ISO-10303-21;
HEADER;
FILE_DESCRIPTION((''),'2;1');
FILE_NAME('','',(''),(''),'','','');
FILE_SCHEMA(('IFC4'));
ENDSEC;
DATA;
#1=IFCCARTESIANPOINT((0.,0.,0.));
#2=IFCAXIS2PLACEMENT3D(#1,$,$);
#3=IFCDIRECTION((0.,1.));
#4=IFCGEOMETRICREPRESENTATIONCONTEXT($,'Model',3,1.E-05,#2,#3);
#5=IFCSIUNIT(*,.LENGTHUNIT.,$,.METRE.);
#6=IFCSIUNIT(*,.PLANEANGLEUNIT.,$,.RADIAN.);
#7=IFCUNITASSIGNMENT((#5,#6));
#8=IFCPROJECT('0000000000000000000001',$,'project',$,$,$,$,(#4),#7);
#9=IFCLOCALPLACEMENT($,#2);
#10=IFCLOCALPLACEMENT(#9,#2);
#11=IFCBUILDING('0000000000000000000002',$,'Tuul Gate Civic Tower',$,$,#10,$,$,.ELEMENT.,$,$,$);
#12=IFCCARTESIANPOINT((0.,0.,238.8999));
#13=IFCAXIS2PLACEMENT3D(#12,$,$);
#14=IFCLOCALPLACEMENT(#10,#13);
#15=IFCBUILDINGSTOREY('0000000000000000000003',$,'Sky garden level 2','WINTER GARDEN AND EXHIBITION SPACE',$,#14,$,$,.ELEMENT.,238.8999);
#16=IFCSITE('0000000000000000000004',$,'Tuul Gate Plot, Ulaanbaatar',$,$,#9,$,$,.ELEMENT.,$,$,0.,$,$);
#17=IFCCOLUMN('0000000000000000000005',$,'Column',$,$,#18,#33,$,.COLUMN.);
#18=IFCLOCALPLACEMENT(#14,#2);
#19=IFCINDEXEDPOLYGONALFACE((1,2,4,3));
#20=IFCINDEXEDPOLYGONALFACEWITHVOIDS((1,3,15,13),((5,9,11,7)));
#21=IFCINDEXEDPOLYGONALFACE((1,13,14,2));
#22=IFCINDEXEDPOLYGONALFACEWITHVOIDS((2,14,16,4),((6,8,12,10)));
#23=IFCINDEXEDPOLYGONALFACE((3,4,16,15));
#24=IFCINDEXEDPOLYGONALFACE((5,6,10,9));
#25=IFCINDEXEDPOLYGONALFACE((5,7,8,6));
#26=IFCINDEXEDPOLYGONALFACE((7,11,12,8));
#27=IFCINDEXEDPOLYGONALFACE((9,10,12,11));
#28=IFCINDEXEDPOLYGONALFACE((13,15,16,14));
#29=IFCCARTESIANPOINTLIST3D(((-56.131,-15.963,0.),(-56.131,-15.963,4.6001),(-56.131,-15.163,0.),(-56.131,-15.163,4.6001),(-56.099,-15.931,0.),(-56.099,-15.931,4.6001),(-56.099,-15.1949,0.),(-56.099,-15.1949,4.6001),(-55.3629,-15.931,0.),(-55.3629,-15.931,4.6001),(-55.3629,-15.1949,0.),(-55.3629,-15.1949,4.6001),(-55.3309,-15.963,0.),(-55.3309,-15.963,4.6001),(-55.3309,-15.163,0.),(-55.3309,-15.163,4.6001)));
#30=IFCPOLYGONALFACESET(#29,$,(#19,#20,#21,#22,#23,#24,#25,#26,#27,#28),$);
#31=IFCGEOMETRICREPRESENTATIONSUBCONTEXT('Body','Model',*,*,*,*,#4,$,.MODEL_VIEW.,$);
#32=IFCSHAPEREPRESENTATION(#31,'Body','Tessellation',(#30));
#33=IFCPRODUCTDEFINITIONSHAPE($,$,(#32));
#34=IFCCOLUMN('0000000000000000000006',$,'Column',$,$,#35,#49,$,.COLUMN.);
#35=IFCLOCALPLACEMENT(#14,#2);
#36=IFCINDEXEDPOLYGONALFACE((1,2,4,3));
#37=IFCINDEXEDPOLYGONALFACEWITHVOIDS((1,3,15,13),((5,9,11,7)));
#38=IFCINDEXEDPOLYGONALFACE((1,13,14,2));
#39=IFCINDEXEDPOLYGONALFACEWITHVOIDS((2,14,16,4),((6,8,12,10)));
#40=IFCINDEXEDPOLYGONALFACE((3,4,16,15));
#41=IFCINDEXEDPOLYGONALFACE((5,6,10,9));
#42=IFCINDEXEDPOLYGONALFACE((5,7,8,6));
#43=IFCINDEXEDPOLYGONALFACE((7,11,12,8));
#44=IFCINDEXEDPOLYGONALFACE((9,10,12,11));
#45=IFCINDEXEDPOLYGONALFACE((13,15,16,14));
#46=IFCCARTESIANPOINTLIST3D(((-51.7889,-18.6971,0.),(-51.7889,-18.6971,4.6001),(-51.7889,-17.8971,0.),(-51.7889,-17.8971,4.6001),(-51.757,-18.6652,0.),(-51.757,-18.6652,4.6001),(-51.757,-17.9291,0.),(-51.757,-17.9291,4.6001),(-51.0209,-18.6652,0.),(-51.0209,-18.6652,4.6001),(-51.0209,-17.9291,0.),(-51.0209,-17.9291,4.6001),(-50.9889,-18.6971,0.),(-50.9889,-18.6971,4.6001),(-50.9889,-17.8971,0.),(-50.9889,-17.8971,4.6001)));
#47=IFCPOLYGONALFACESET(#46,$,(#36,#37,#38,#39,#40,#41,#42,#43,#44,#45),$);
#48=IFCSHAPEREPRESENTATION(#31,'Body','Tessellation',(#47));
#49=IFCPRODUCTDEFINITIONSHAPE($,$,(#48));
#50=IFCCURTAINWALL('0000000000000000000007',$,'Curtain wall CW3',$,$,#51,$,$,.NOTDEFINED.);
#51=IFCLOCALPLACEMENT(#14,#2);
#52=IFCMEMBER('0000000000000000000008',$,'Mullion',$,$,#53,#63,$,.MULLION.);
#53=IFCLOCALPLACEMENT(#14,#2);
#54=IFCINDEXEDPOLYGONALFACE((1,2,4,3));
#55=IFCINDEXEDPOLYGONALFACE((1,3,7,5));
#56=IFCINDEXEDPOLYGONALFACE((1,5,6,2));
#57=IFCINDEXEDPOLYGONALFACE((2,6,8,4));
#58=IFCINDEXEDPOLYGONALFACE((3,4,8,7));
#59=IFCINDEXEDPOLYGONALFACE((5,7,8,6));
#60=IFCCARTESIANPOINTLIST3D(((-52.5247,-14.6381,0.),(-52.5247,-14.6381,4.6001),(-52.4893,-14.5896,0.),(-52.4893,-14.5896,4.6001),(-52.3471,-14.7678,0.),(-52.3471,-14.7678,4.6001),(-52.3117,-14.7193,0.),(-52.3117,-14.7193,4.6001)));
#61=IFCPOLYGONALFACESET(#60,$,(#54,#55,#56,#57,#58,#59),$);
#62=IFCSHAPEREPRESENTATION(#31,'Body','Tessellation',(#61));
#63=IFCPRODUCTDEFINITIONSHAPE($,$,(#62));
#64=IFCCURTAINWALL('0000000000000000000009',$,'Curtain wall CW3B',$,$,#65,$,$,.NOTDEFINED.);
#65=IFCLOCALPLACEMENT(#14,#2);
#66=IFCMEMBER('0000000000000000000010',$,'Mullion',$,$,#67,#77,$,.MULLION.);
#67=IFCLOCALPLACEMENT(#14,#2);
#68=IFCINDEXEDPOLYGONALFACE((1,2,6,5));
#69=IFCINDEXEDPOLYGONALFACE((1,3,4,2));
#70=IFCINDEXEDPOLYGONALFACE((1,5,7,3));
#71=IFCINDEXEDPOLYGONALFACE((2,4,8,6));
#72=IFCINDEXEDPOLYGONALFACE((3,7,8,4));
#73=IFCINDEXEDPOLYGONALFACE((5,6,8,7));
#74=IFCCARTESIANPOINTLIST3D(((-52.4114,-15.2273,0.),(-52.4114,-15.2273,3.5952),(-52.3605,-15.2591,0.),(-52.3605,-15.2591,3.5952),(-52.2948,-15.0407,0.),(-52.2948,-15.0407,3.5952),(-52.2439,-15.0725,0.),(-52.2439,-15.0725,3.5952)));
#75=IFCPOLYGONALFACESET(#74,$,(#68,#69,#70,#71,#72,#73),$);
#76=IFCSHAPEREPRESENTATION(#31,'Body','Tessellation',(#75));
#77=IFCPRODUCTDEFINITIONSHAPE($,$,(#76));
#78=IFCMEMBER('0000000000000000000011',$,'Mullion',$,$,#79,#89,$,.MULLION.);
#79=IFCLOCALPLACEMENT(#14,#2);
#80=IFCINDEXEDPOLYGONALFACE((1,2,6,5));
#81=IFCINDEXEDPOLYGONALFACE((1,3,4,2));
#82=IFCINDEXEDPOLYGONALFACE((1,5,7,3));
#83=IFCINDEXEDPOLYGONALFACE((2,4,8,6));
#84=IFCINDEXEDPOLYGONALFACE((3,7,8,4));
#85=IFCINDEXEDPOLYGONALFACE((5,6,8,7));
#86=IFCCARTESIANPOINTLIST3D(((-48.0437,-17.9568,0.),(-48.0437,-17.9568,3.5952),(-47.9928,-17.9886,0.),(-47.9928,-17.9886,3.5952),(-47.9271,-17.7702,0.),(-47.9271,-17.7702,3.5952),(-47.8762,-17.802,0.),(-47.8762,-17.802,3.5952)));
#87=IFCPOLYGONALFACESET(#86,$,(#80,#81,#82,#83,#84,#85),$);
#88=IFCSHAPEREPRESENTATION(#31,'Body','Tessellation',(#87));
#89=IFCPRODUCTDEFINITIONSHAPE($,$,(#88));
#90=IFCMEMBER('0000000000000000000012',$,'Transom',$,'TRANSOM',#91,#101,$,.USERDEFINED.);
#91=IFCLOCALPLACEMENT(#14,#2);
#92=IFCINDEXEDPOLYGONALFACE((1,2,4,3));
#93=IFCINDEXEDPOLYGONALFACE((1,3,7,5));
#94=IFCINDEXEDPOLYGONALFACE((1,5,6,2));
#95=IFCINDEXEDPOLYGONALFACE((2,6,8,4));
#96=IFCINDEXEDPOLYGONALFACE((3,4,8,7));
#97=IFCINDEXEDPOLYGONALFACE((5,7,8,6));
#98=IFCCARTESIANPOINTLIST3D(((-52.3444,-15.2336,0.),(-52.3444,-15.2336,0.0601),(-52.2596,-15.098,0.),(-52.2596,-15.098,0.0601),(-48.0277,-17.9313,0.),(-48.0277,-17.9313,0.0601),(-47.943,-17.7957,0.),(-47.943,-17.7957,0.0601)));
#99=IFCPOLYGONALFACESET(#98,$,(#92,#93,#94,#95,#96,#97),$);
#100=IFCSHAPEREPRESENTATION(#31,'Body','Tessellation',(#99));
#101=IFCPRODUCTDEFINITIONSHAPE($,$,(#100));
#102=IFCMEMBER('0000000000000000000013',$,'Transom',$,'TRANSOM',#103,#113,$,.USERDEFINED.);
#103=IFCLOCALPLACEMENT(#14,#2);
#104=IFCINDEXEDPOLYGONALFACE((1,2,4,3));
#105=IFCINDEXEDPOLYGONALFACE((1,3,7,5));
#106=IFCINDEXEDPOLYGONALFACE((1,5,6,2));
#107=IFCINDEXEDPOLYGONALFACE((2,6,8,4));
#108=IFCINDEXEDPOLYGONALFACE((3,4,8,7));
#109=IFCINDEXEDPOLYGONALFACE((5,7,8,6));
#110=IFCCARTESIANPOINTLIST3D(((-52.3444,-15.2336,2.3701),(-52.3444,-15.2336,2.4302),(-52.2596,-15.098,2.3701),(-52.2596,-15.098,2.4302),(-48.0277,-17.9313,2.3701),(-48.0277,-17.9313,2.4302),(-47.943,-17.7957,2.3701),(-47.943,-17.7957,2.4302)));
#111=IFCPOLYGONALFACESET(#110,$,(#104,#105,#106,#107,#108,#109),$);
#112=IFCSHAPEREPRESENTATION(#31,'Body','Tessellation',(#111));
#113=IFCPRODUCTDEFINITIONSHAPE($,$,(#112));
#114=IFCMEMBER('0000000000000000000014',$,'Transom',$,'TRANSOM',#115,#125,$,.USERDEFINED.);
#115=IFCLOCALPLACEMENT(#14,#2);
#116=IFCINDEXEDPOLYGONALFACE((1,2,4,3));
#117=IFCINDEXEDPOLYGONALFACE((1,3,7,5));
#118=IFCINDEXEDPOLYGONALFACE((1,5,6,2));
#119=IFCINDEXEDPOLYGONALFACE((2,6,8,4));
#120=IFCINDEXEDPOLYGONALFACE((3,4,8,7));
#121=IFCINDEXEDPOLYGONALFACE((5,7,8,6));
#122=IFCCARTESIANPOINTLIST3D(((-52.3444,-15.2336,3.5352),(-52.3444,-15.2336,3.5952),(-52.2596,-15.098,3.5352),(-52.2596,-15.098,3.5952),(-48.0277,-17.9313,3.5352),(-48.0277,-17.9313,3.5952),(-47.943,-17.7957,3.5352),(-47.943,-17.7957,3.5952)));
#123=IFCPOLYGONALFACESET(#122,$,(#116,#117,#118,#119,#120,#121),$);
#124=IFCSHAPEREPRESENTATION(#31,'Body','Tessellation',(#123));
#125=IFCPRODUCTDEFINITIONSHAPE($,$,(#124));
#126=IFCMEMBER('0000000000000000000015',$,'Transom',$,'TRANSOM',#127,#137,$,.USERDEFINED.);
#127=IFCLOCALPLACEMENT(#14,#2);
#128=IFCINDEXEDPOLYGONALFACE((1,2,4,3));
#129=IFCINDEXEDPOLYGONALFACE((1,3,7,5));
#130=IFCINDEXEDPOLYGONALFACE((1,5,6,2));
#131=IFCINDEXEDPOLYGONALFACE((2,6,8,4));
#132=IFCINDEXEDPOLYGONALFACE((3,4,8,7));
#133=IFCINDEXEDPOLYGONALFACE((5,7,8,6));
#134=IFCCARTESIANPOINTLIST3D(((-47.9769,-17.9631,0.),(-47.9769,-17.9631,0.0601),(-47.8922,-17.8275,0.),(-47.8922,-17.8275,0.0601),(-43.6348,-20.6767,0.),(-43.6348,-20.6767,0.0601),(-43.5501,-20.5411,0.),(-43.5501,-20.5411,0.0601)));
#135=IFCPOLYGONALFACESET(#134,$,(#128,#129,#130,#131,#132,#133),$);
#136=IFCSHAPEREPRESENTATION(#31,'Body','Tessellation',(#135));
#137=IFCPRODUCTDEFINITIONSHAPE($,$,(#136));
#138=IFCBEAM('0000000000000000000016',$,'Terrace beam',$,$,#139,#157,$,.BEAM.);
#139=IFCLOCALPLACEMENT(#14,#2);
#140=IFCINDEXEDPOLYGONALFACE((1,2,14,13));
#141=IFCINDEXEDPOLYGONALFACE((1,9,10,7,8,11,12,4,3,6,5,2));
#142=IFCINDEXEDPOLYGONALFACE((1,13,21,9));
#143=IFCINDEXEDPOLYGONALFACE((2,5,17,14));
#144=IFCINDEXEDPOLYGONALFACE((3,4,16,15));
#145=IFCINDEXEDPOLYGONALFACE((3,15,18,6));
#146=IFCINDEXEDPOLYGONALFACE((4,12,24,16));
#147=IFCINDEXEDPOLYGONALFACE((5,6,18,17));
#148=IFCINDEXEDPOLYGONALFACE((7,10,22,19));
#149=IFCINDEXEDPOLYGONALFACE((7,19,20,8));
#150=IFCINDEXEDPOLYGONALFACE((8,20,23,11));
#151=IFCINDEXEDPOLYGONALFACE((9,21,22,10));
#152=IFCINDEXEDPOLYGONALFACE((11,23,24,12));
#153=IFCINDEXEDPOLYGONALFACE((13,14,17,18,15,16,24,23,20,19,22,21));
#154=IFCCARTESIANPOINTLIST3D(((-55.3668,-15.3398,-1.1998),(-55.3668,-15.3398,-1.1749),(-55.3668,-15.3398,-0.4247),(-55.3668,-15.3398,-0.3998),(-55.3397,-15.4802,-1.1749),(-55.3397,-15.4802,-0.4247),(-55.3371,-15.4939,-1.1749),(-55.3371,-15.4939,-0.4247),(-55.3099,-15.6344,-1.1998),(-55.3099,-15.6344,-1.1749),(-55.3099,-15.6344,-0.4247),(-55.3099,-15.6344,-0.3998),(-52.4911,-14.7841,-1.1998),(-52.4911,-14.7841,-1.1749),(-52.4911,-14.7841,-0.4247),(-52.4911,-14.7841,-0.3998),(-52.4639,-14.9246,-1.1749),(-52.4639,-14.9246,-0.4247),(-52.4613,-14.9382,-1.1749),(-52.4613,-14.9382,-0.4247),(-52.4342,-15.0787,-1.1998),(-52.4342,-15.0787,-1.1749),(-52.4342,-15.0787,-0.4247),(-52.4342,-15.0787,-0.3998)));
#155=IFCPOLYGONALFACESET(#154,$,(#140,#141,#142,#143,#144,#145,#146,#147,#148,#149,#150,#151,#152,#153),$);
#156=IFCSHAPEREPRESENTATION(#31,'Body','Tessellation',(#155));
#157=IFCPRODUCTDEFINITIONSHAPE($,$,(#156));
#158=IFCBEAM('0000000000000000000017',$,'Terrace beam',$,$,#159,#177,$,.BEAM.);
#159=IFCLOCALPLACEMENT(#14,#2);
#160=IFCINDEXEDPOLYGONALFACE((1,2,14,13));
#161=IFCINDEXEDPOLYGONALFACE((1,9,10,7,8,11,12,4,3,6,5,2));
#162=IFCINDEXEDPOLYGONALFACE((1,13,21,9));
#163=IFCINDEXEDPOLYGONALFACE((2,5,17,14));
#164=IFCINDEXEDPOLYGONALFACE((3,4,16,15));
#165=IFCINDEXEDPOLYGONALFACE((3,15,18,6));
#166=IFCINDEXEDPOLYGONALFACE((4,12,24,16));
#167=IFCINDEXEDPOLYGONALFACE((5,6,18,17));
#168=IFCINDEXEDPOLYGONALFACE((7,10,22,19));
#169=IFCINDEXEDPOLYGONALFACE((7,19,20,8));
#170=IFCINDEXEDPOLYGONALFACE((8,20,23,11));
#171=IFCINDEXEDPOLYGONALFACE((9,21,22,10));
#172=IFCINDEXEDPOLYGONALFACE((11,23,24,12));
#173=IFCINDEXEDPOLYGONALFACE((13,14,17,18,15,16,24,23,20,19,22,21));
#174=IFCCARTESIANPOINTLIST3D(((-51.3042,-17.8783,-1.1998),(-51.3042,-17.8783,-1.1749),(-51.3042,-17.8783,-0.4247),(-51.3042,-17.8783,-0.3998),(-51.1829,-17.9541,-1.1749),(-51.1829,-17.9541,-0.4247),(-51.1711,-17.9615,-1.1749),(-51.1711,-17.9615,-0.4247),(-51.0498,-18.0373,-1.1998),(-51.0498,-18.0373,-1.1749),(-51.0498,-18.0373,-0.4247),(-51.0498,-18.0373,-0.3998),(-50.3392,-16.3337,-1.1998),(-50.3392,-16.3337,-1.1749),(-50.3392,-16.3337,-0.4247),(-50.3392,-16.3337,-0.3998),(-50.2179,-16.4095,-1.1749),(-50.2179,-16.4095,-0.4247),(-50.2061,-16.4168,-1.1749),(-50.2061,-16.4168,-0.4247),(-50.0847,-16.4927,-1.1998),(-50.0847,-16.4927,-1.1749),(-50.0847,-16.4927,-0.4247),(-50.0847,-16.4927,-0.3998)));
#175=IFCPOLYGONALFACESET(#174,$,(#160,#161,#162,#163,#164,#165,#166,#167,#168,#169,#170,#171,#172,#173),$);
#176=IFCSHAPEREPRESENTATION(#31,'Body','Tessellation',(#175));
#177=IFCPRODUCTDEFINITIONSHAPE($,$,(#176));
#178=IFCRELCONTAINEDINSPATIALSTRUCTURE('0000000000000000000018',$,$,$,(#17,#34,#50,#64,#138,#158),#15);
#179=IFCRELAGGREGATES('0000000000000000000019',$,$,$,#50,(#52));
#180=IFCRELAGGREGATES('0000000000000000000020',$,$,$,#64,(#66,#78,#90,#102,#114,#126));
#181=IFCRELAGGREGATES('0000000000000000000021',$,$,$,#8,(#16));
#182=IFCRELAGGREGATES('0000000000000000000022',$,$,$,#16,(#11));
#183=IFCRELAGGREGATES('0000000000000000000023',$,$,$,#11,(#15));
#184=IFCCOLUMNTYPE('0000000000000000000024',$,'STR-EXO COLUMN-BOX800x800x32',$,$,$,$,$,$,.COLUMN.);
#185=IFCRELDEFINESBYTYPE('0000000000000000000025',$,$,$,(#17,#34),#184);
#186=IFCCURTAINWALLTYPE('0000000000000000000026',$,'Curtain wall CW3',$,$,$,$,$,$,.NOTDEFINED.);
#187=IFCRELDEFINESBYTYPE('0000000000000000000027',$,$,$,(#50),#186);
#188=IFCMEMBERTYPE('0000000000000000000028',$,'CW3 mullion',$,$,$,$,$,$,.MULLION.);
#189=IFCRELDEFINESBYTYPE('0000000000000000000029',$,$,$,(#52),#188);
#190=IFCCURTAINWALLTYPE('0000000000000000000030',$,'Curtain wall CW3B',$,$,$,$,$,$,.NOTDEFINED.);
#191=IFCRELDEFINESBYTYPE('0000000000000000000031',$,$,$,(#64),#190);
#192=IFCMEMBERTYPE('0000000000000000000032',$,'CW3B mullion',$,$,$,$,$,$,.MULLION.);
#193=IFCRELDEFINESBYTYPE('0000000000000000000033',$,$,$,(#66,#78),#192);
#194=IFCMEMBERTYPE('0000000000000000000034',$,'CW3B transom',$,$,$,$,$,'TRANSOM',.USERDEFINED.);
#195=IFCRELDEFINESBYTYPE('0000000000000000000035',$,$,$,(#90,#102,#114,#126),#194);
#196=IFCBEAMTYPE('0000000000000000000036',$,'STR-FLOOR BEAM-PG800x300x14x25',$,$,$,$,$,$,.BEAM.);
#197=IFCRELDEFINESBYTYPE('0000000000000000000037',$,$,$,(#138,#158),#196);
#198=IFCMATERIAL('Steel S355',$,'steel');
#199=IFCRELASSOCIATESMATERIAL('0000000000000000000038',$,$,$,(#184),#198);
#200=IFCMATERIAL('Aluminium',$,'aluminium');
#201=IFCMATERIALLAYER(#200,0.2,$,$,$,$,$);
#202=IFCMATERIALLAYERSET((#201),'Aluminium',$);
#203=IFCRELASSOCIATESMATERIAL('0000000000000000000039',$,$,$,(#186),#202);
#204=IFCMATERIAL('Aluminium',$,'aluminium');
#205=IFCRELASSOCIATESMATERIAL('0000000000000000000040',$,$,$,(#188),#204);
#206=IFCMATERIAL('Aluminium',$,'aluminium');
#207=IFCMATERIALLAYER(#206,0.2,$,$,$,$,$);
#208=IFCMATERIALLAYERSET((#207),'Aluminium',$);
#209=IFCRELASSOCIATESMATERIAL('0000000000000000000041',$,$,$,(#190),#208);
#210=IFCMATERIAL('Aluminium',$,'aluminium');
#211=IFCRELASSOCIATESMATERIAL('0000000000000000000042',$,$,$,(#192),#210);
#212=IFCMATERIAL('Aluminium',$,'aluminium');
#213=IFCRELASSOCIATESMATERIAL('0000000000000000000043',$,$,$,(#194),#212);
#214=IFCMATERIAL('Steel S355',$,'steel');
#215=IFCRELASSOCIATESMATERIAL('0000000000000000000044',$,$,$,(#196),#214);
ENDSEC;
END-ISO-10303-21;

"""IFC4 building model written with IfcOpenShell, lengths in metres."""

from ifc_helpers import new_model, si_unit, direction, frame, origin, origin_2d, place, context, subcontext, project, spatial, rectangle, hollow_rectangle, i_section, extrude, material, layer, layer_set, material_profile, profile_set, type_object, element, aggregate, save


model = new_model("IFC4")

# Units and contexts
model_context = context("Model", 3, precision=1e-05, world=origin(), true_north=direction((0.0, 1.0)))
body_context = subcontext(model_context, "Body", "Model", "MODEL_VIEW")
ifc_project = project(units=[si_unit("LENGTHUNIT", "METRE"), si_unit("PLANEANGLEUNIT", "RADIAN")], contexts=[model_context])

# Site, building, storey
site_placement = place(None, origin())
site = spatial("IfcSite", under=ifc_project, at=site_placement, Name="Tuul Gate Plot, Ulaanbaatar", CompositionType="ELEMENT", RefElevation=0.0)
building_placement = place(site_placement, origin())
building = spatial("IfcBuilding", under=site, at=building_placement, Name="Tuul Gate Civic Tower", CompositionType="ELEMENT")
storey_placement = place(building_placement, frame((0.0, 0.0, 238.8999)))
storey = spatial("IfcBuildingStorey", under=building, at=storey_placement, Name="Sky garden level 2", Description="WINTER GARDEN AND EXHIBITION SPACE", CompositionType="ELEMENT", Elevation=238.8999)

# Columns
ifc_material_1 = material(Name="Steel S355", Category="steel")
ifc_material_profile_1 = material_profile(ifc_material_1, hollow_rectangle(XDim=0.8, YDim=0.8, WallThickness=0.032, at=origin_2d()), Name="BOX800x800x32")
ifc_profile_set_1 = profile_set([ifc_material_profile_1], Name="Steel S355")
column_type = type_object("IfcColumnType", Name="STR-EXO COLUMN-BOX800x800x32", PredefinedType="COLUMN", material=ifc_profile_set_1)
for number, where, z_axis, x_axis, name in (
    (1, (-55.731, -15.563, 0.0), (0.0, 0.0, 1.0), (1.0, 0.0, 0.0), "Column"),
    (2, (-51.3889, -18.2971, 0.0), (0.0, 0.0, 1.0), (1.0, 0.0, 0.0), "Column"),
):
    element("IfcColumn", number, at=place(storey_placement, frame(where, z_axis=z_axis, x_axis=x_axis)), inside=storey, type_object=column_type, Name=name, PredefinedType="COLUMN", context=body_context, shape_type="SweptSolid", body=[
        extrude(hollow_rectangle(XDim=0.8, YDim=0.8, WallThickness=0.032, at=origin_2d()), origin(), (0.0, 0.0, 1.0), 4.6001),
    ])

# Curtain wall, member
ifc_material_2 = material(Name="Aluminium", Category="aluminium")
ifc_layer_1 = layer(ifc_material_2, 0.2)
ifc_layer_set_1 = layer_set([ifc_layer_1], Name="Aluminium")
curtain_wall_type_1 = type_object("IfcCurtainWallType", Name="Curtain wall CW3", PredefinedType="NOTDEFINED", material=ifc_layer_set_1)
curtain_wall_1_placement = place(storey_placement, origin())
curtain_wall_1 = element("IfcCurtainWall", 3, at=curtain_wall_1_placement, inside=storey, type_object=curtain_wall_type_1, Name="Curtain wall CW3", PredefinedType="NOTDEFINED")
ifc_material_3 = material(Name="Aluminium", Category="aluminium")
ifc_material_profile_2 = material_profile(ifc_material_3, rectangle(XDim=0.22, YDim=0.0601, at=origin_2d()), Name="CW3 mullion")
ifc_profile_set_2 = profile_set([ifc_material_profile_2], Name="Aluminium")
member_type_1 = type_object("IfcMemberType", Name="CW3 mullion", PredefinedType="MULLION", material=ifc_profile_set_2)
member_1_placement = place(storey_placement, frame((-52.4182, -14.6787, 0.0), z_axis=(0.0, 0.0, 1.0), x_axis=(0.80761, -0.589717, 0.0)))
member_1 = element("IfcMember", 4, at=member_1_placement, type_object=member_type_1, Name="Mullion", PredefinedType="MULLION", context=body_context, shape_type="SweptSolid", body=[
    extrude(rectangle(XDim=0.22, YDim=0.0601, at=origin_2d()), origin(), (0.0, 0.0, 1.0), 4.6001),
])

# Curtain wall, members
ifc_material_4 = material(Name="Aluminium", Category="aluminium")
ifc_layer_2 = layer(ifc_material_4, 0.2)
ifc_layer_set_2 = layer_set([ifc_layer_2], Name="Aluminium")
curtain_wall_type_2 = type_object("IfcCurtainWallType", Name="Curtain wall CW3B", PredefinedType="NOTDEFINED", material=ifc_layer_set_2)
curtain_wall_2_placement = place(storey_placement, origin())
curtain_wall_2 = element("IfcCurtainWall", 5, at=curtain_wall_2_placement, inside=storey, type_object=curtain_wall_type_2, Name="Curtain wall CW3B", PredefinedType="NOTDEFINED")
ifc_material_5 = material(Name="Aluminium", Category="aluminium")
ifc_material_profile_3 = material_profile(ifc_material_5, rectangle(XDim=0.22, YDim=0.0601, at=origin_2d()), Name="CW3B mullion")
ifc_profile_set_3 = profile_set([ifc_material_profile_3], Name="Aluminium")
member_type_2 = type_object("IfcMemberType", Name="CW3B mullion", PredefinedType="MULLION", material=ifc_profile_set_3)
member_2_placement = place(storey_placement, frame((-52.3276, -15.1499, 0.0), z_axis=(0.0, 0.0, 1.0), x_axis=(0.529958, 0.848024, 0.0)))
member_2 = element("IfcMember", 6, at=member_2_placement, type_object=member_type_2, Name="Mullion", PredefinedType="MULLION", context=body_context, shape_type="SweptSolid", body=[
    extrude(rectangle(XDim=0.22, YDim=0.0601, at=origin_2d()), origin(), (0.0, 0.0, 1.0), 3.5952),
])
member_3_placement = place(storey_placement, frame((-47.96, -17.8794, 0.0), z_axis=(0.0, 0.0, 1.0), x_axis=(0.529958, 0.848024, 0.0)))
member_3 = element("IfcMember", 7, at=member_3_placement, type_object=member_type_2, Name="Mullion", PredefinedType="MULLION", context=body_context, shape_type="SweptSolid", body=[
    extrude(rectangle(XDim=0.22, YDim=0.0601, at=origin_2d()), origin(), (0.0, 0.0, 1.0), 3.5952),
])
ifc_material_6 = material(Name="Aluminium", Category="aluminium")
ifc_material_profile_4 = material_profile(ifc_material_6, rectangle(XDim=0.1599, YDim=0.0601, at=origin_2d()), Name="CW3B transom")
ifc_profile_set_4 = profile_set([ifc_material_profile_4], Name="Aluminium")
member_type_3 = type_object("IfcMemberType", Name="CW3B transom", ElementType="TRANSOM", PredefinedType="USERDEFINED", material=ifc_profile_set_4)
member_4_placement = place(storey_placement, frame((-52.302, -15.1658, 0.03), z_axis=(0.848012, -0.529977, 0.0), x_axis=(0.529977, 0.848012, 0.0)))
member_4 = element("IfcMember", 8, at=member_4_placement, type_object=member_type_3, Name="Transom", ObjectType="TRANSOM", PredefinedType="USERDEFINED", context=body_context, shape_type="SweptSolid", body=[
    extrude(rectangle(XDim=0.1599, YDim=0.0601, at=origin_2d()), origin(), (0.0, 0.0, 1.0), 5.0903),
])
member_5_placement = place(storey_placement, frame((-52.302, -15.1658, 2.4001), z_axis=(0.848012, -0.529977, 0.0), x_axis=(0.529977, 0.848012, 0.0)))
member_5 = element("IfcMember", 9, at=member_5_placement, type_object=member_type_3, Name="Transom", ObjectType="TRANSOM", PredefinedType="USERDEFINED", context=body_context, shape_type="SweptSolid", body=[
    extrude(rectangle(XDim=0.1599, YDim=0.0601, at=origin_2d()), origin(), (0.0, 0.0, 1.0), 5.0903),
])
member_6_placement = place(storey_placement, frame((-52.302, -15.1658, 3.5652), z_axis=(0.848012, -0.529977, 0.0), x_axis=(0.529977, 0.848012, 0.0)))
member_6 = element("IfcMember", 10, at=member_6_placement, type_object=member_type_3, Name="Transom", ObjectType="TRANSOM", PredefinedType="USERDEFINED", context=body_context, shape_type="SweptSolid", body=[
    extrude(rectangle(XDim=0.1599, YDim=0.0601, at=origin_2d()), origin(), (0.0, 0.0, 1.0), 5.0903),
])
member_7_placement = place(storey_placement, frame((-47.9346, -17.8953, 0.03), z_axis=(0.848012, -0.529978, 0.0), x_axis=(0.529978, 0.848012, 0.0)))
member_7 = element("IfcMember", 11, at=member_7_placement, type_object=member_type_3, Name="Transom", ObjectType="TRANSOM", PredefinedType="USERDEFINED", context=body_context, shape_type="SweptSolid", body=[
    extrude(rectangle(XDim=0.1599, YDim=0.0601, at=origin_2d()), origin(), (0.0, 0.0, 1.0), 5.1204),
])

# Beams
ifc_material_7 = material(Name="Steel S355", Category="steel")
ifc_material_profile_5 = material_profile(ifc_material_7, i_section(OverallWidth=0.3, OverallDepth=0.8, WebThickness=0.0139, FlangeThickness=0.0249, at=origin_2d()), Name="PG800x300x14x25")
ifc_profile_set_5 = profile_set([ifc_material_profile_5], Name="Steel S355")
beam_type_1 = type_object("IfcBeamType", Name="STR-FLOOR BEAM-PG800x300x14x25", PredefinedType="BEAM", material=ifc_profile_set_5)
beam_1_placement = place(storey_placement, frame((-55.3384, -15.4871, -0.7998), z_axis=(0.981839, 0.189716, 0.0), x_axis=(-0.189716, 0.981839, 0.0)))
element("IfcBeam", 12, at=beam_1_placement, inside=storey, type_object=beam_type_1, Name="Terrace beam", PredefinedType="BEAM", context=body_context, shape_type="SweptSolid", body=[
    extrude(i_section(OverallWidth=0.3, OverallDepth=0.8, WebThickness=0.0139, FlangeThickness=0.0249, at=origin_2d()), origin(), (0.0, 0.0, 1.0), 2.929),
])
beam_2_placement = place(storey_placement, frame((-51.177, -17.9578, -0.7998), z_axis=(0.529866, 0.848081, 0.0), x_axis=(-0.848081, 0.529866, 0.0)))
element("IfcBeam", 13, at=beam_2_placement, inside=storey, type_object=beam_type_1, Name="Terrace beam", PredefinedType="BEAM", context=body_context, shape_type="SweptSolid", body=[
    extrude(i_section(OverallWidth=0.3, OverallDepth=0.8, WebThickness=0.0139, FlangeThickness=0.0249, at=origin_2d()), origin(), (0.0, 0.0, 1.0), 1.8213),
])

aggregate(curtain_wall_1, [member_1])
aggregate(curtain_wall_2, [member_2, member_3, member_4, member_5, member_6, member_7])

save(model, "model.ifc")
